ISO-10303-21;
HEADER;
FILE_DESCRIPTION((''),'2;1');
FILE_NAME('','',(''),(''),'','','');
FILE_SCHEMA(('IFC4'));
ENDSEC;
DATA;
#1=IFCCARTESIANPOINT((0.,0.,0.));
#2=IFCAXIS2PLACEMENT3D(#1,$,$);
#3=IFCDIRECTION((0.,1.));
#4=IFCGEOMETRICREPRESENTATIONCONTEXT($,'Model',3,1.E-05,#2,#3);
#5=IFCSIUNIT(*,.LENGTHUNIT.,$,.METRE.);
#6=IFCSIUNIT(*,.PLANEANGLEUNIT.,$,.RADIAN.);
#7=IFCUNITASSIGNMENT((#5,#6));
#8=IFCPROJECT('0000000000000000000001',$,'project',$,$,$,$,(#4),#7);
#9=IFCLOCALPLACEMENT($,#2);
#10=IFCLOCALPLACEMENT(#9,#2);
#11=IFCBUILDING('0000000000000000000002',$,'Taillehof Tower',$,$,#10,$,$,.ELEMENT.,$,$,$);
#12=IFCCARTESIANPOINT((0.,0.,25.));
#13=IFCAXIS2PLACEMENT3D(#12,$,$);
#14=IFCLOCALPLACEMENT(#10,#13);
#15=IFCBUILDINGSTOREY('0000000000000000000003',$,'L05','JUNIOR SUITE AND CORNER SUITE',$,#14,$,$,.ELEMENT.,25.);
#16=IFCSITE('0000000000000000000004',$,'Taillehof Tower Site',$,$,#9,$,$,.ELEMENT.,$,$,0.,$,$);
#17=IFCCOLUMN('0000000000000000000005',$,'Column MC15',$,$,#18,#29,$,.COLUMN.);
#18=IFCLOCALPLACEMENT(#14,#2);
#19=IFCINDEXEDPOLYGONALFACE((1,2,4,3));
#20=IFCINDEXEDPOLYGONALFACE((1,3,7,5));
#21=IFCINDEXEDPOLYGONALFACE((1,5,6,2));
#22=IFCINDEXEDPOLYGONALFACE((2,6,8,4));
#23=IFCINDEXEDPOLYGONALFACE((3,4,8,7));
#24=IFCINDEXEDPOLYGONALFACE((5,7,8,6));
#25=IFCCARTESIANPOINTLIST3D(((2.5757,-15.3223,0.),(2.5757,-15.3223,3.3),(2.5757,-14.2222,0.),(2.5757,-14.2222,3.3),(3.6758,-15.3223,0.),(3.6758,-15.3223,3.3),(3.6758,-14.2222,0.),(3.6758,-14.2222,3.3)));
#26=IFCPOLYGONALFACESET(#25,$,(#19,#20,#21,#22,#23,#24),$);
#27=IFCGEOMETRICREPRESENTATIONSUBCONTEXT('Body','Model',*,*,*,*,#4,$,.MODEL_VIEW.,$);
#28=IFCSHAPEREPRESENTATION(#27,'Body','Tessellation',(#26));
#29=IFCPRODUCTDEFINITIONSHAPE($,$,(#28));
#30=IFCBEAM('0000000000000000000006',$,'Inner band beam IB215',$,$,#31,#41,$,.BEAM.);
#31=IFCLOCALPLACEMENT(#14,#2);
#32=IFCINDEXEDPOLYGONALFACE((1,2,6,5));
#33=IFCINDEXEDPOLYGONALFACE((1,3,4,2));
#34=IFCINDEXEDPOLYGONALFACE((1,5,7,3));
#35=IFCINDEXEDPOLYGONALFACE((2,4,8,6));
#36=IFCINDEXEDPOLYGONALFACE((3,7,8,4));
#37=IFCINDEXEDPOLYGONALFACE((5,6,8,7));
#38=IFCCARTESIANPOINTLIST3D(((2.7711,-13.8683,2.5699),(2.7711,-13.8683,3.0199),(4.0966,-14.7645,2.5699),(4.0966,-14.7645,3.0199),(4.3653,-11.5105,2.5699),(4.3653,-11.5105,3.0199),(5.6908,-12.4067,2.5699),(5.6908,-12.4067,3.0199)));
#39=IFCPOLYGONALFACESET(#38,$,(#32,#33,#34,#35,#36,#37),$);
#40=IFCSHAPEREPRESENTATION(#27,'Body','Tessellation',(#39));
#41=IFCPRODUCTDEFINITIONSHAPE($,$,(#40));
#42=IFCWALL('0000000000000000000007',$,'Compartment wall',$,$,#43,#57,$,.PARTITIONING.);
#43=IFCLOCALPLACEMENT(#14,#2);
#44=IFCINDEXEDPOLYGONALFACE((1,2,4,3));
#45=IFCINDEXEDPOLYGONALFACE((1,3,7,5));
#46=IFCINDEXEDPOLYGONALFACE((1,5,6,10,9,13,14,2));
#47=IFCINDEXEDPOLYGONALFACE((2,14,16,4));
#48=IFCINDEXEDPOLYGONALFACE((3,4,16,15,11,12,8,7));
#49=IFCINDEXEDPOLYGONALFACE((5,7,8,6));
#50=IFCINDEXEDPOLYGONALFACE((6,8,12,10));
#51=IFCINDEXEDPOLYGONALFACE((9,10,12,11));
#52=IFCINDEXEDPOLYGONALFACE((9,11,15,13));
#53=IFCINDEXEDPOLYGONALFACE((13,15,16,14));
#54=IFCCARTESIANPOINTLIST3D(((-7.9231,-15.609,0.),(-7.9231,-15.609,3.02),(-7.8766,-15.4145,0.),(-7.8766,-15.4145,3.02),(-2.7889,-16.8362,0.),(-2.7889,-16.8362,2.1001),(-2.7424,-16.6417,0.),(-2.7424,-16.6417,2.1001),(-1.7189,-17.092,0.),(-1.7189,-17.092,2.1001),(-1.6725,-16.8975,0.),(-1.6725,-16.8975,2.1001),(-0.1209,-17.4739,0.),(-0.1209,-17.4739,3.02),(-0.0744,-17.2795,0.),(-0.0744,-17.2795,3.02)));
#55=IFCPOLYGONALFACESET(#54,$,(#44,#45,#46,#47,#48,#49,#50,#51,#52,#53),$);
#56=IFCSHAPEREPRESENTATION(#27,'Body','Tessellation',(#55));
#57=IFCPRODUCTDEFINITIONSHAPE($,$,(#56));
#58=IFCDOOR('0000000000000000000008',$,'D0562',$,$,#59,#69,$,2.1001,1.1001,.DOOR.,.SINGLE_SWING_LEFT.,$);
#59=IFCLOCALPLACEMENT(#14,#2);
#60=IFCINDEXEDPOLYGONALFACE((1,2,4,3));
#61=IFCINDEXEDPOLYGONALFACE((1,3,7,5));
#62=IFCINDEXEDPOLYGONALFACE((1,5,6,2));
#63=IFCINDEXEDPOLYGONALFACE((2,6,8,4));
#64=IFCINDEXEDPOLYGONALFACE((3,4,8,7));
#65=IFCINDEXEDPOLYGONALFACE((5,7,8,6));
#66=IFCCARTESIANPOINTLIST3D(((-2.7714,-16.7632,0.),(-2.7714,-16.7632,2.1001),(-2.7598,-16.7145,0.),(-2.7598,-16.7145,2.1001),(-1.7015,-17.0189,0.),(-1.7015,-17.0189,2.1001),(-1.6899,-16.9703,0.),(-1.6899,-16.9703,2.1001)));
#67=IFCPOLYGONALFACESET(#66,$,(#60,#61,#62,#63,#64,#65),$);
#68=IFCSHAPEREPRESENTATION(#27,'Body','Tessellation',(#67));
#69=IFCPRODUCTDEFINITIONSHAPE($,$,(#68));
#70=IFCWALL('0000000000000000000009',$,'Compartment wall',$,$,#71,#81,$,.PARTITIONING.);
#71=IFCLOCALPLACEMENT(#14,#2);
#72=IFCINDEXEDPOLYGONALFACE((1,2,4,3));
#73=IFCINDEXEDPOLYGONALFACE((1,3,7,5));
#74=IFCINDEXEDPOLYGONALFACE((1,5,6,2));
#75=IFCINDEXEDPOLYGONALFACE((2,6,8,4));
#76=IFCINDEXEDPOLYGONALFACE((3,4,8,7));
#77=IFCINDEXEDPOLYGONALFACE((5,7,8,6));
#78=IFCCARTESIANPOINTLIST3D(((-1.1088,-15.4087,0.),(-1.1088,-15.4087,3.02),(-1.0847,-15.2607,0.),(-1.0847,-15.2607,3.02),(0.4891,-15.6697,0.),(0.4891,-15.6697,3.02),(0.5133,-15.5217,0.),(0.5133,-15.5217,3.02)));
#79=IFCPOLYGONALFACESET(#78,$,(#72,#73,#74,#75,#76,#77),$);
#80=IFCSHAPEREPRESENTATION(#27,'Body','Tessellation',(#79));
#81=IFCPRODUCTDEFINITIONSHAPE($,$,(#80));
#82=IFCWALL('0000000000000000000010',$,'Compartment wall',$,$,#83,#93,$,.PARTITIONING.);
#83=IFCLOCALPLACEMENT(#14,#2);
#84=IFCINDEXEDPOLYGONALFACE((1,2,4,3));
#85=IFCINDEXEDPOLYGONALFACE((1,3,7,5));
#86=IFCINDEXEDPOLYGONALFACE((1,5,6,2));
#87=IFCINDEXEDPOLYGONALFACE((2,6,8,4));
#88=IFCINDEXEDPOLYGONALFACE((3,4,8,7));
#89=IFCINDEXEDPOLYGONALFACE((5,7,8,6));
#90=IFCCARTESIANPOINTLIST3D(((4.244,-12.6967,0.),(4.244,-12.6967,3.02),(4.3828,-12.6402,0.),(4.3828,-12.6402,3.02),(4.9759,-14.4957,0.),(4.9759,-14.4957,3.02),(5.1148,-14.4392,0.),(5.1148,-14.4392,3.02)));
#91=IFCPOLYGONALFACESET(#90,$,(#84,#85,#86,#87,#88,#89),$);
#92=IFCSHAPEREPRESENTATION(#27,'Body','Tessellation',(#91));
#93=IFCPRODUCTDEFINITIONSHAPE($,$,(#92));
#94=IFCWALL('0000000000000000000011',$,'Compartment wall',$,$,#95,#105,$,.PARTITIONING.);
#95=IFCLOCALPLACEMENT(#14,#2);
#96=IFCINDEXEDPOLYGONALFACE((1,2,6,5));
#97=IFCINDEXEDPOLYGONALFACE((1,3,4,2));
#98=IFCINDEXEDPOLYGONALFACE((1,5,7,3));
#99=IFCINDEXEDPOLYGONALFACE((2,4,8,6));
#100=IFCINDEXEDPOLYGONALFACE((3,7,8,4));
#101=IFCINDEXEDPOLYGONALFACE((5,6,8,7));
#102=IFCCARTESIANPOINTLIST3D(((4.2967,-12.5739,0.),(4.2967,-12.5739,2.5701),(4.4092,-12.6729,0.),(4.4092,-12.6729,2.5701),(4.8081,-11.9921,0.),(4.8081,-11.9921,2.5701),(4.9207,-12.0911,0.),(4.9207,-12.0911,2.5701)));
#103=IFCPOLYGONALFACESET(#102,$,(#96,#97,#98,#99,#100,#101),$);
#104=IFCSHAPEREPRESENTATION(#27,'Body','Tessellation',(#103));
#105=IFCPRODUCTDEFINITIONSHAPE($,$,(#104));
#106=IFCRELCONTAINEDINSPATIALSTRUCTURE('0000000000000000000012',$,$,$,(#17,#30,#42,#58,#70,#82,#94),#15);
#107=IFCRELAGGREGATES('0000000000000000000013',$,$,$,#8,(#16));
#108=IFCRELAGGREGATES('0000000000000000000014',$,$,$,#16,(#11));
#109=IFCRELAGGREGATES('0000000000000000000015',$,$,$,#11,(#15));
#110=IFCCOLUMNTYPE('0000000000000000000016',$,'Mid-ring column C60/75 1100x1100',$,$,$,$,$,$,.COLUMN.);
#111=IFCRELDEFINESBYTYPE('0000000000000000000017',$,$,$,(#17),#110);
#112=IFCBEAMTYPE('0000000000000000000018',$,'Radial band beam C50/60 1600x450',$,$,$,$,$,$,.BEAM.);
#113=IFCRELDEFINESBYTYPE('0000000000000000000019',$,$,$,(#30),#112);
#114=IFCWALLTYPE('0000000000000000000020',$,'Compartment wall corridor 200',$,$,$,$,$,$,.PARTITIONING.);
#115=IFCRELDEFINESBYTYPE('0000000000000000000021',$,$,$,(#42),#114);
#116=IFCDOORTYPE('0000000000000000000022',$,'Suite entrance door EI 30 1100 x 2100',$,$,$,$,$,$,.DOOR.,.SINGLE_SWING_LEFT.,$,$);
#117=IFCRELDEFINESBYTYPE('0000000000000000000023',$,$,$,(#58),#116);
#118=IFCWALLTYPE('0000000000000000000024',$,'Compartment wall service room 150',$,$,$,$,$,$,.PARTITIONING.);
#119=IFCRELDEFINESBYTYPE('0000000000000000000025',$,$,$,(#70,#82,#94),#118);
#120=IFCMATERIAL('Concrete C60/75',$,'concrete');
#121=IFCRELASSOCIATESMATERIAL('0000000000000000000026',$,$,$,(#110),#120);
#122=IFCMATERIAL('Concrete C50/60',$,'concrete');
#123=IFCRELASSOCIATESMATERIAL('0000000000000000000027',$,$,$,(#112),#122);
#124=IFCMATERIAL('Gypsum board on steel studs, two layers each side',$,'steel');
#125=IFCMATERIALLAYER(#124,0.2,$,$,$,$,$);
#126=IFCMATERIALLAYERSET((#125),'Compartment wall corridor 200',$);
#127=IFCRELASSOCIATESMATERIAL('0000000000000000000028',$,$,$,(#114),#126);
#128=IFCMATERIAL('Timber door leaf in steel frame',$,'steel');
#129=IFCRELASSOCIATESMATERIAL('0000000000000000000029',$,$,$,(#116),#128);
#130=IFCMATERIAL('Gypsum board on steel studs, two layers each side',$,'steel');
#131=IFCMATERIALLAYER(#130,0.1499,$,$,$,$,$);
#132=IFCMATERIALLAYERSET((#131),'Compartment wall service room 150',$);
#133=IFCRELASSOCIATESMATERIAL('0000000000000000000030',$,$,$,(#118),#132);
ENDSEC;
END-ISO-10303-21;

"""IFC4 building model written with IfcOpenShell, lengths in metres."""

from ifc_helpers import new_model, si_unit, direction, frame, frame_2d, origin, origin_2d, place, context, subcontext, project, spatial, rectangle, extrude, material, layer, layer_set, material_profile, profile_set, type_object, element, fill, save


model = new_model("IFC4")

# Units and contexts
model_context = context("Model", 3, precision=1e-05, world=origin(), true_north=direction((0.0, 1.0)))
body_context = subcontext(model_context, "Body", "Model", "MODEL_VIEW")
ifc_project = project(units=[si_unit("LENGTHUNIT", "METRE"), si_unit("PLANEANGLEUNIT", "RADIAN")], contexts=[model_context])

# Site, building, storey
site_placement = place(None, origin())
site = spatial("IfcSite", under=ifc_project, at=site_placement, Name="Taillehof Tower Site", CompositionType="ELEMENT", RefElevation=0.0)
building_placement = place(site_placement, origin())
building = spatial("IfcBuilding", under=site, at=building_placement, Name="Taillehof Tower", CompositionType="ELEMENT")
storey_placement = place(building_placement, frame((0.0, 0.0, 25.0)))
storey = spatial("IfcBuildingStorey", under=building, at=storey_placement, Name="L05", Description="JUNIOR SUITE AND CORNER SUITE", CompositionType="ELEMENT", Elevation=25.0)

# Column
ifc_material_1 = material(Name="Concrete C60/75", Category="concrete")
ifc_material_profile_1 = material_profile(ifc_material_1, rectangle(XDim=1.1001, YDim=1.1001, at=origin_2d()), Name="RC 1100x1100")
ifc_profile_set_1 = profile_set([ifc_material_profile_1], Name="Concrete C60/75")
column_type = type_object("IfcColumnType", Name="Mid-ring column C60/75 1100x1100", PredefinedType="COLUMN", material=ifc_profile_set_1)
column_placement = place(storey_placement, frame((3.1257, -14.7722, 0.0), z_axis=(0.0, 0.0, 1.0), x_axis=(1.0, 0.0, 0.0)))
element("IfcColumn", 1, at=column_placement, inside=storey, type_object=column_type, Name="Column MC15", PredefinedType="COLUMN", context=body_context, shape_type="SweptSolid", body=[
    extrude(rectangle(XDim=1.1001, YDim=1.1001, at=origin_2d()), origin(), (0.0, 0.0, 1.0), 3.3),
])

# Beam
ifc_material_2 = material(Name="Concrete C50/60", Category="concrete")
ifc_material_profile_2 = material_profile(ifc_material_2, rectangle(XDim=1.6001, YDim=0.45, at=origin_2d()), Name="RC 1600x450")
ifc_profile_set_2 = profile_set([ifc_material_profile_2], Name="Concrete C50/60")
beam_type = type_object("IfcBeamType", Name="Radial band beam C50/60 1600x450", PredefinedType="BEAM", material=ifc_profile_set_2)
beam_placement = place(storey_placement, frame((3.4338, -14.3164, 2.7949), z_axis=(0.560112, 0.828417, 0.0), x_axis=(-0.828417, 0.560112, 0.0)))
element("IfcBeam", 2, at=beam_placement, inside=storey, type_object=beam_type, Name="Inner band beam IB215", PredefinedType="BEAM", context=body_context, shape_type="SweptSolid", body=[
    extrude(rectangle(XDim=1.6001, YDim=0.45, at=origin_2d()), origin(), (0.0, 0.0, 1.0), 2.8462),
])

# Wall, opening, door
ifc_material_3 = material(Name="Gypsum board on steel studs, two layers each side", Category="steel")
ifc_layer_1 = layer(ifc_material_3, 0.2)
ifc_layer_set_1 = layer_set([ifc_layer_1], Name="Compartment wall corridor 200")
wall_type_1 = type_object("IfcWallType", Name="Compartment wall corridor 200", PredefinedType="PARTITIONING", material=ifc_layer_set_1)
wall_1_placement = place(storey_placement, frame((-0.0977, -17.3767, 0.0), z_axis=(0.0, 0.0, 1.0), x_axis=(-0.9726, 0.232483, 0.0)))
wall_1 = element("IfcWall", 3, at=wall_1_placement, inside=storey, type_object=wall_type_1, Name="Compartment wall", PredefinedType="PARTITIONING", context=body_context, shape_type="SweptSolid", body=[
    extrude(rectangle(XDim=8.022, YDim=0.2, at=frame_2d((4.011, 0.0))), origin(), (0.0, 0.0, 1.0), 3.02),
])
opening_1_placement = place(wall_1_placement, frame((1.6431, 0.0, 0.0)))
opening_1 = element("IfcOpeningElement", 4, at=opening_1_placement, cuts=wall_1, PredefinedType="OPENING", context=body_context, shape_type="SweptSolid", body=[
    extrude(rectangle(XDim=1.1001, YDim=2.1001, at=frame_2d((0.55, 1.05))), frame((0.0, 0.1099, 0.0), z_axis=(0.0, -1.0, 0.0), x_axis=(1.0, 0.0, 0.0)), (0.0, 0.0, 1.0), 0.22),
])
ifc_material_4 = material(Name="Timber door leaf in steel frame", Category="steel")
door_type_1 = type_object("IfcDoorType", Name="Suite entrance door EI 30 1100 x 2100", OperationType="SINGLE_SWING_LEFT", PredefinedType="DOOR", material=ifc_material_4)
door_1_placement = place(opening_1_placement, origin())
door_1 = element("IfcDoor", 5, at=door_1_placement, inside=storey, type_object=door_type_1, Name="D0562", OperationType="SINGLE_SWING_LEFT", OverallHeight=2.1001, OverallWidth=1.1001, PredefinedType="DOOR", context=body_context, shape_type="SweptSolid", body=[
    extrude(rectangle(XDim=1.1001, YDim=2.1001, at=frame_2d((0.55, 1.05))), frame((0.0, 0.0249, 0.0), z_axis=(0.0, -1.0, 0.0), x_axis=(1.0, 0.0, 0.0)), (0.0, 0.0, 1.0), 0.05),
])
fill(opening_1, door_1)

# Walls
ifc_material_5 = material(Name="Gypsum board on steel studs, two layers each side", Category="steel")
ifc_layer_2 = layer(ifc_material_5, 0.1499)
ifc_layer_set_2 = layer_set([ifc_layer_2], Name="Compartment wall service room 150")
wall_type_2 = type_object("IfcWallType", Name="Compartment wall service room 150", PredefinedType="PARTITIONING", material=ifc_layer_set_2)
wall_2_placement = place(storey_placement, frame((0.5012, -15.5957, 0.0), z_axis=(0.0, 0.0, 1.0), x_axis=(-0.986923, 0.161195, 0.0)))
element("IfcWall", 6, at=wall_2_placement, inside=storey, type_object=wall_type_2, Name="Compartment wall", PredefinedType="PARTITIONING", context=body_context, shape_type="SweptSolid", body=[
    extrude(rectangle(XDim=1.6191, YDim=0.1499, at=frame_2d((0.8096, 0.0))), origin(), (0.0, 0.0, 1.0), 3.02),
])
wall_3_placement = place(storey_placement, frame((5.0454, -14.4675, 0.0), z_axis=(0.0, 0.0, 1.0), x_axis=(-0.37689, 0.926258, 0.0)))
element("IfcWall", 7, at=wall_3_placement, inside=storey, type_object=wall_type_2, Name="Compartment wall", PredefinedType="PARTITIONING", context=body_context, shape_type="SweptSolid", body=[
    extrude(rectangle(XDim=1.9421, YDim=0.1499, at=frame_2d((0.9712, 0.0))), origin(), (0.0, 0.0, 1.0), 3.02),
])
wall_4_placement = place(storey_placement, frame((4.353, -12.6233, 0.0), z_axis=(0.0, 0.0, 1.0), x_axis=(0.660265, 0.751032, 0.0)))
element("IfcWall", 8, at=wall_4_placement, inside=storey, type_object=wall_type_2, Name="Compartment wall", PredefinedType="PARTITIONING", context=body_context, shape_type="SweptSolid", body=[
    extrude(rectangle(XDim=0.7747, YDim=0.1499, at=frame_2d((0.3872, 0.0))), origin(), (0.0, 0.0, 1.0), 2.5701),
])

save(model, "model.ifc")
